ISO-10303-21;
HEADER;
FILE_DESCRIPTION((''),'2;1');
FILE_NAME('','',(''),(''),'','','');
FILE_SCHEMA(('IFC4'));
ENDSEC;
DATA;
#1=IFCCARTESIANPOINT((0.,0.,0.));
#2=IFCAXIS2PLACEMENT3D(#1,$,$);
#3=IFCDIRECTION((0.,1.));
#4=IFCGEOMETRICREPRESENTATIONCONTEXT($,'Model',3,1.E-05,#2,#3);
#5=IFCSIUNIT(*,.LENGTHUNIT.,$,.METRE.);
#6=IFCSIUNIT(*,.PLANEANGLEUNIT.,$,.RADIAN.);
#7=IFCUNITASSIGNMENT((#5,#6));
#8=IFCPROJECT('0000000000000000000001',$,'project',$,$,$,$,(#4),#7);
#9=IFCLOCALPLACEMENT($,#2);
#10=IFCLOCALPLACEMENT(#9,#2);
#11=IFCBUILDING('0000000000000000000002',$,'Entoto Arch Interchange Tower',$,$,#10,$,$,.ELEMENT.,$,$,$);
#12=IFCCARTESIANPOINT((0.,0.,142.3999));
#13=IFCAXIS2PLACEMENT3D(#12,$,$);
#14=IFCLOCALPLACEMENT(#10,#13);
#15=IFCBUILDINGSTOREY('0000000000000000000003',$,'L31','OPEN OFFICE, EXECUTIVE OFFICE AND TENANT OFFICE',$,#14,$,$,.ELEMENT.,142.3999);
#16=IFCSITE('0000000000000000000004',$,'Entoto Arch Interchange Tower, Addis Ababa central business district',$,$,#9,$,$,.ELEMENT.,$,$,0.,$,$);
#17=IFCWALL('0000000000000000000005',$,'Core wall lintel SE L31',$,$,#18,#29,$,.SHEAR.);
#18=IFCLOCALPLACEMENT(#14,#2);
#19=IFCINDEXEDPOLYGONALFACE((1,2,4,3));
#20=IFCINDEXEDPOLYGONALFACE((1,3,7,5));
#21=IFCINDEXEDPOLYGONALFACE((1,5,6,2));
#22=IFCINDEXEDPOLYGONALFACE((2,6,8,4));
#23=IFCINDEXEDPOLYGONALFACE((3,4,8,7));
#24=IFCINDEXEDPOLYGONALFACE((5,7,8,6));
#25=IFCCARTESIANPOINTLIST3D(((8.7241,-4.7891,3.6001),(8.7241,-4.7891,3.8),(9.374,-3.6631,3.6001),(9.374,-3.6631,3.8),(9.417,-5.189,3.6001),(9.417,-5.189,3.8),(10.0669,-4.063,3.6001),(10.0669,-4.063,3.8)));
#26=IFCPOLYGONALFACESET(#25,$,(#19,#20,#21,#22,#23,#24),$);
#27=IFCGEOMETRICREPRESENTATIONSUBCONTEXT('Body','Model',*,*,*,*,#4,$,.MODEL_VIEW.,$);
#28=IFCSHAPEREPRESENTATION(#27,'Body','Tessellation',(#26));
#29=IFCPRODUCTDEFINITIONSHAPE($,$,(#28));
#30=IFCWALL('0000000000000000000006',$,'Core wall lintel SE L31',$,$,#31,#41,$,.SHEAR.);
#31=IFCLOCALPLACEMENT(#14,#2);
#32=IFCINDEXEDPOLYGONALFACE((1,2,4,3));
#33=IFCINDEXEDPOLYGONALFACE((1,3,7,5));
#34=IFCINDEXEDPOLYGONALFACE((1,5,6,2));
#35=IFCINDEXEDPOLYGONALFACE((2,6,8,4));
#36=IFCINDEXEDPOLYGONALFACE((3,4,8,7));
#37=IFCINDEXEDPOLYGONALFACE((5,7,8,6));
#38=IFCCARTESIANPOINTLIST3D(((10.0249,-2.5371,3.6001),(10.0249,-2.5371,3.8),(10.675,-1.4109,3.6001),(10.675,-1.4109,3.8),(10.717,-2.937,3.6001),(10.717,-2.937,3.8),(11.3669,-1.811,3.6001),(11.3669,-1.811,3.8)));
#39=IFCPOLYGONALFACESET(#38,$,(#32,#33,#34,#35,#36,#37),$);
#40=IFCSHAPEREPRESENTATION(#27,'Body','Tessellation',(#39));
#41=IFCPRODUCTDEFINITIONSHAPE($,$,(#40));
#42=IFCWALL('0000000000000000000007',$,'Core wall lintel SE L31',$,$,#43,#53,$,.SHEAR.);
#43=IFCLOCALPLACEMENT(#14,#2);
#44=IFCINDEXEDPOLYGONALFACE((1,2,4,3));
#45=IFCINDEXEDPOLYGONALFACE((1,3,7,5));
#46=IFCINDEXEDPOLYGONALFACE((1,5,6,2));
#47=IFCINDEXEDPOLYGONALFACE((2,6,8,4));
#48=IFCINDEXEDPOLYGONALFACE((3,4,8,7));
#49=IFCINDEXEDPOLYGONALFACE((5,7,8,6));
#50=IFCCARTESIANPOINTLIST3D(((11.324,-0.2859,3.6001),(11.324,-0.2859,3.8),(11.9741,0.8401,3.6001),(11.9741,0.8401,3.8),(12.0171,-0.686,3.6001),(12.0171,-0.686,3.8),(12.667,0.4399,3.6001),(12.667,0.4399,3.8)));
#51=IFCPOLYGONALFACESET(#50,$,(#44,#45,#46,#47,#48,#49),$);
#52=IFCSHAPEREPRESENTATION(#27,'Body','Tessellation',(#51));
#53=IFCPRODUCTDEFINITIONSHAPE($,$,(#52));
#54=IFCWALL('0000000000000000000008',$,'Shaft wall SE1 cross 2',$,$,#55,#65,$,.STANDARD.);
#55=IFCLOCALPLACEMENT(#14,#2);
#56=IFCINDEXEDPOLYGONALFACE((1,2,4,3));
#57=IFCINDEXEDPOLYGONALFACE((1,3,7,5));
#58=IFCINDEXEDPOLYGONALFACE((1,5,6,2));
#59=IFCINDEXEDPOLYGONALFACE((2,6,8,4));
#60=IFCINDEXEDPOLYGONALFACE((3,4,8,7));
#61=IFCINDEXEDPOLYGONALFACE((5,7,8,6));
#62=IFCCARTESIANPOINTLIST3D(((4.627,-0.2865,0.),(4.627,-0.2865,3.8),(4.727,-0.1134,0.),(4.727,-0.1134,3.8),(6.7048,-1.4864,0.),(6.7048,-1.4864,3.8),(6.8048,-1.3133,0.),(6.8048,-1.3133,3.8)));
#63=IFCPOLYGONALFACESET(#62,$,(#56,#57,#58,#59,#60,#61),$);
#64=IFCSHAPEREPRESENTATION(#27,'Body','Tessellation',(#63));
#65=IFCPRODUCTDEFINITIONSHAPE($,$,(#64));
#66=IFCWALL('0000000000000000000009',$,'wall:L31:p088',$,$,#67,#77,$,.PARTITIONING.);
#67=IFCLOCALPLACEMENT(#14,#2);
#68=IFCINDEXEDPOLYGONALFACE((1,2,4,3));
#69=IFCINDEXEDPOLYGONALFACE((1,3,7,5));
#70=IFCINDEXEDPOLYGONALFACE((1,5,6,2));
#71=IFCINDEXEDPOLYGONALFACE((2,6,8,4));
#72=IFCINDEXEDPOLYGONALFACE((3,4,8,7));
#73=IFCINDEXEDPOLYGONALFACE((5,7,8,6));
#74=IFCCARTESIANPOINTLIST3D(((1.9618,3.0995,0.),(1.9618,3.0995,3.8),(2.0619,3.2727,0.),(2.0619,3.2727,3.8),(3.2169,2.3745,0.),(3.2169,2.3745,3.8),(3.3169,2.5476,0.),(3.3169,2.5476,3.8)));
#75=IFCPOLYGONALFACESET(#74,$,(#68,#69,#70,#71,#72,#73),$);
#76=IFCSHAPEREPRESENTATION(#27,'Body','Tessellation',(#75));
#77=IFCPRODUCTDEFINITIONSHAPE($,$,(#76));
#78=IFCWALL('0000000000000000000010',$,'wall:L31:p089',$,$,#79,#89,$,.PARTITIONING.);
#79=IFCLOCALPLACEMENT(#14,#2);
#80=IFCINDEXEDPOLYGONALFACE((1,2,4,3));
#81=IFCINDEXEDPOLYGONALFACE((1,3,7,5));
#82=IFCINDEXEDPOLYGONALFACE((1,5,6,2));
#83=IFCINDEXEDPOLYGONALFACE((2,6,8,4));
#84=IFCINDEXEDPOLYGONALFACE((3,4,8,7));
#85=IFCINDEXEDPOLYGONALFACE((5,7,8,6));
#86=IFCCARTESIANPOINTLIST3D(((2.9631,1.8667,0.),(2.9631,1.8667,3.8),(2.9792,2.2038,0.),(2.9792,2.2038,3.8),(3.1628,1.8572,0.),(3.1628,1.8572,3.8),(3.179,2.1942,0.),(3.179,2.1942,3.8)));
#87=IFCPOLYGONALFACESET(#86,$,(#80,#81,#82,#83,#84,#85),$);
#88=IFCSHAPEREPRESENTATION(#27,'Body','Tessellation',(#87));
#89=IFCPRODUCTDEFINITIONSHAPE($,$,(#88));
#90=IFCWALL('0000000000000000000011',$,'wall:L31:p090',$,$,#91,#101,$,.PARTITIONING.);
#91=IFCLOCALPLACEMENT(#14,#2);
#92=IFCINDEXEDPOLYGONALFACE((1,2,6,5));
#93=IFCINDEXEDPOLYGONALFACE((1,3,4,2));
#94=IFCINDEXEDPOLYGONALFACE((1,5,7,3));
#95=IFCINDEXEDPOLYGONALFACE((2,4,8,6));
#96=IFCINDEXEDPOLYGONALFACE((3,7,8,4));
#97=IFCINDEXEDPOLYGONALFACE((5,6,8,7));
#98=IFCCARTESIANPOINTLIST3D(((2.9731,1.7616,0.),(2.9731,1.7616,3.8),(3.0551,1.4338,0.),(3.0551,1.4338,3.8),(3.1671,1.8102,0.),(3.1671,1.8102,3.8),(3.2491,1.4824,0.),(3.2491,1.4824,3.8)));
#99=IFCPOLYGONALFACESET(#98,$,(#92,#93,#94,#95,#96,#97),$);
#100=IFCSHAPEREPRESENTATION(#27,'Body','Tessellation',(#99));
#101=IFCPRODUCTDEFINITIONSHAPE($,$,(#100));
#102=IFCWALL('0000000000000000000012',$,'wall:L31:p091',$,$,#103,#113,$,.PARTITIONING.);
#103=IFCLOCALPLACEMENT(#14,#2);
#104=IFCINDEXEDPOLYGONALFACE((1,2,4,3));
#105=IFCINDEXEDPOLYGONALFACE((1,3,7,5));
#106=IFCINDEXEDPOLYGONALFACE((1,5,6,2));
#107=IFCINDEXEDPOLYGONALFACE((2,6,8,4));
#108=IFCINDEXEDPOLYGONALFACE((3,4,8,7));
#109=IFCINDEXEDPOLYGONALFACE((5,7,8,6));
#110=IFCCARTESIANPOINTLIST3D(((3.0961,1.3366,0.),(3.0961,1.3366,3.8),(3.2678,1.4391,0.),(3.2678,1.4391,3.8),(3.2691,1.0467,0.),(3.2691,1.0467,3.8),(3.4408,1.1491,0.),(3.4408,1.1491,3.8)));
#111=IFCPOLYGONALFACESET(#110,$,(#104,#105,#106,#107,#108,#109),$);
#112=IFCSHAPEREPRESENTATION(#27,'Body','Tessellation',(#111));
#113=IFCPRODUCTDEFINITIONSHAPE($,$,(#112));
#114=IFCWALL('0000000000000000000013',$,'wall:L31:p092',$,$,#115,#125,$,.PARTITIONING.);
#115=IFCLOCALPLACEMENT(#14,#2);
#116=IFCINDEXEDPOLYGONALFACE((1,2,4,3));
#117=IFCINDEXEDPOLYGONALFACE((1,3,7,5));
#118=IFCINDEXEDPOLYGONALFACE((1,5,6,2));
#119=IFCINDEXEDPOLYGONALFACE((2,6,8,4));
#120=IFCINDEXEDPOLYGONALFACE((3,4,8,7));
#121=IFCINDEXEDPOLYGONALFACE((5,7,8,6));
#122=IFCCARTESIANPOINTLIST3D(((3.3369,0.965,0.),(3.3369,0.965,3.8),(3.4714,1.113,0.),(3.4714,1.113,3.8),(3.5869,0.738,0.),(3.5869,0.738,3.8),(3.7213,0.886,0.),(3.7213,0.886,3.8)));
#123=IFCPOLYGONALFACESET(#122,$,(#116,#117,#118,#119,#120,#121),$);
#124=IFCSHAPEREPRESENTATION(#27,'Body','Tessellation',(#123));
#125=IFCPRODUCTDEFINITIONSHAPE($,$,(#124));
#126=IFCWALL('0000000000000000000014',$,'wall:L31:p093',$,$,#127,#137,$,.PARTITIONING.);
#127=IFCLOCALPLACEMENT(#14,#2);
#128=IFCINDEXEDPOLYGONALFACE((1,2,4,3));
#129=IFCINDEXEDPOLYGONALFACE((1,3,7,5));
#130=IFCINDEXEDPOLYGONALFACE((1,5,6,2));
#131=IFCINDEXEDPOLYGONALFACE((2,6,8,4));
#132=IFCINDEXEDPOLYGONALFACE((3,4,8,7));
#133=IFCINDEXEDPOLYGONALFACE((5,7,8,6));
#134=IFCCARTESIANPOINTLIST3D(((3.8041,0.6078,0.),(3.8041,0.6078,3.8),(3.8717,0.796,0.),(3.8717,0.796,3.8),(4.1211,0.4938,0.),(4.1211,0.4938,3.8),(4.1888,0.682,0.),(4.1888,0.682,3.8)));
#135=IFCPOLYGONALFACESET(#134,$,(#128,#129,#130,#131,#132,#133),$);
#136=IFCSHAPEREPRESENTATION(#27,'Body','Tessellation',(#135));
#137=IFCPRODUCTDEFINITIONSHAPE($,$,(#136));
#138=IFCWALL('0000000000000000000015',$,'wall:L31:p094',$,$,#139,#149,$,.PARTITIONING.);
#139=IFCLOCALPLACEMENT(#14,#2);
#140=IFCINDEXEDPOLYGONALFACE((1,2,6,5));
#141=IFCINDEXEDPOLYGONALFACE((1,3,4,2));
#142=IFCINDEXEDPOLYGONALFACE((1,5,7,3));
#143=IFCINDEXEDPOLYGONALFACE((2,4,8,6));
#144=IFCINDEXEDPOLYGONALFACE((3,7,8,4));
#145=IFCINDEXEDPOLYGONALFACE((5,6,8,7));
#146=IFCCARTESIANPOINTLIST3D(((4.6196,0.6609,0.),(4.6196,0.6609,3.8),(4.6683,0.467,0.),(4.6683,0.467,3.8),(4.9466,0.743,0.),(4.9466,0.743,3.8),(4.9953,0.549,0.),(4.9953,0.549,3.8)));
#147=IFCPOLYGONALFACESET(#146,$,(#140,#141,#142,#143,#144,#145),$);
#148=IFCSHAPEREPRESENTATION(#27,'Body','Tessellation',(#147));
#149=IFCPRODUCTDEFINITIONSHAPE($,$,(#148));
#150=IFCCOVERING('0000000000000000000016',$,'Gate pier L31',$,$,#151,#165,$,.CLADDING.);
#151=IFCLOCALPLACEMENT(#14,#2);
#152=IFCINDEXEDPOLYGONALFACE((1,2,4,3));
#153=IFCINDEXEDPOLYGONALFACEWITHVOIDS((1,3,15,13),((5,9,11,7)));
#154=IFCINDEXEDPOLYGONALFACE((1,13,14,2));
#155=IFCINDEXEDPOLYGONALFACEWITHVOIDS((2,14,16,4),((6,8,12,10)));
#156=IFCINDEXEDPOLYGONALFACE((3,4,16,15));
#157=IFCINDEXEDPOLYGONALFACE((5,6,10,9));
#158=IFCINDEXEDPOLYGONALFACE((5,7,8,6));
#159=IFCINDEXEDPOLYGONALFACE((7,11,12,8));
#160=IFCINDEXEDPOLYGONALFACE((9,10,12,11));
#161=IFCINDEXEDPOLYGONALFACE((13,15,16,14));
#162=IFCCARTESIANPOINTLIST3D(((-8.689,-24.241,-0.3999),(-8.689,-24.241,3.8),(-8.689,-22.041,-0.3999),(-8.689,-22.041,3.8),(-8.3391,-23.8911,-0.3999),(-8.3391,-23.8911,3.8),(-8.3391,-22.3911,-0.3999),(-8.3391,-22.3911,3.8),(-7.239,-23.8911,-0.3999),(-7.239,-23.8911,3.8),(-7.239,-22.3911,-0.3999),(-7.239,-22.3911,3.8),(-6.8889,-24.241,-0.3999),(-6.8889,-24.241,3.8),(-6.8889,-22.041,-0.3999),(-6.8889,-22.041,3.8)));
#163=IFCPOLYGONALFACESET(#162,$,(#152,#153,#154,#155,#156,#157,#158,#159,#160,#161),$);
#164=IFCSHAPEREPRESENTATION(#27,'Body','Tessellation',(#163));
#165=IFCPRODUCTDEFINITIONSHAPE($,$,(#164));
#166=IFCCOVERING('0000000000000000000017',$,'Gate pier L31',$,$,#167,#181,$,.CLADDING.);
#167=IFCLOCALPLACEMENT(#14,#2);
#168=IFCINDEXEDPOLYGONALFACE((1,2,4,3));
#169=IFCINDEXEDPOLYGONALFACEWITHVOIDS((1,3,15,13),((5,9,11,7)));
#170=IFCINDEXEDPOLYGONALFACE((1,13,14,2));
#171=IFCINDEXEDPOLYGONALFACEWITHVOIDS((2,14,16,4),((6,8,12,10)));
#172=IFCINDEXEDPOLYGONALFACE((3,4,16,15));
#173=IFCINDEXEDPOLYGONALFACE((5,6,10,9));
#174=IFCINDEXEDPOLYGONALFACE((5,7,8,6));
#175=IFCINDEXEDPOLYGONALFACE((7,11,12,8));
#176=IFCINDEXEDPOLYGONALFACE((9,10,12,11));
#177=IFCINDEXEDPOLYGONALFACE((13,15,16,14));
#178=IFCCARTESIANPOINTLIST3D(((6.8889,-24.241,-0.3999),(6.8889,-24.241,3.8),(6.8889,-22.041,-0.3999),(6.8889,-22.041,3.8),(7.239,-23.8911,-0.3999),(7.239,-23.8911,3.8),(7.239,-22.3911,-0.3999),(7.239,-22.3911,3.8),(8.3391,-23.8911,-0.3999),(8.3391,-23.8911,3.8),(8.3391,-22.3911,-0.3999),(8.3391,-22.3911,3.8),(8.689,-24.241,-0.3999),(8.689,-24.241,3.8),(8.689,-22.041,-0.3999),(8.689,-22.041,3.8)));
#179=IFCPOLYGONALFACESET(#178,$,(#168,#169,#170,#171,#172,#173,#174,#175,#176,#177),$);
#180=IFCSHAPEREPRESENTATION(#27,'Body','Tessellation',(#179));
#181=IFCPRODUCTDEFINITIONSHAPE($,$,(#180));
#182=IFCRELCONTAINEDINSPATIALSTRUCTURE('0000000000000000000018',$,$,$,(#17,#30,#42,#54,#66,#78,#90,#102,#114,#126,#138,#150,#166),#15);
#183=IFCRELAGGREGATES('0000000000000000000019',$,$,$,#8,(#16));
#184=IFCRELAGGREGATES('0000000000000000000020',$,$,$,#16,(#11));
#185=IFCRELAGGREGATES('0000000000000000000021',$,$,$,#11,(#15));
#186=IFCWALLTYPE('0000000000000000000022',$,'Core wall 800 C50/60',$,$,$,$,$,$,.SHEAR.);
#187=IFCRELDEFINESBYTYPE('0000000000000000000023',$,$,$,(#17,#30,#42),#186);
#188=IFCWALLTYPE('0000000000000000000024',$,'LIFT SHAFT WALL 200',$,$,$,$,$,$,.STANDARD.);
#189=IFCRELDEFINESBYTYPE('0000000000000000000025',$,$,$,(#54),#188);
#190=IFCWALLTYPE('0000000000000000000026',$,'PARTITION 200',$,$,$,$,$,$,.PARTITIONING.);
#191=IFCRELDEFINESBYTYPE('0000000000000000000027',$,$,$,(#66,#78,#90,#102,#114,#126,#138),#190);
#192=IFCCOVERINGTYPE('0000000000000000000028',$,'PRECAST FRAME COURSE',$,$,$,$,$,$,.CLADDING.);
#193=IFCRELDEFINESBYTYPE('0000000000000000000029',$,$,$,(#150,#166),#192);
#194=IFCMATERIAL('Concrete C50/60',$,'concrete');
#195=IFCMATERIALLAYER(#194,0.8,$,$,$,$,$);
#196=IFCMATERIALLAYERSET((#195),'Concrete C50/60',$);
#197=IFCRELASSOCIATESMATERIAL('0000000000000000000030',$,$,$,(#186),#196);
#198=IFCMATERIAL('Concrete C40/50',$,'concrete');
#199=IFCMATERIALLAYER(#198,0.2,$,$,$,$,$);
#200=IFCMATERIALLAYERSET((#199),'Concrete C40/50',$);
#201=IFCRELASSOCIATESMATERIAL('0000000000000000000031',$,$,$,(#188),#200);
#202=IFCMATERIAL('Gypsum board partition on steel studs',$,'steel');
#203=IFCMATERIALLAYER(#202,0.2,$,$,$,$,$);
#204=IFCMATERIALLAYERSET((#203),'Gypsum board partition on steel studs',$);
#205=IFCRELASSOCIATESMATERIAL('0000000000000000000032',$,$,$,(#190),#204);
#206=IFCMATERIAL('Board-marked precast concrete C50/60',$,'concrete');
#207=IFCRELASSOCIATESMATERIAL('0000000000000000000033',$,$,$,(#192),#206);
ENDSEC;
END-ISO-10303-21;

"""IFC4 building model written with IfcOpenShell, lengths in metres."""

from ifc_helpers import new_model, si_unit, direction, frame, frame_2d, origin, place, context, subcontext, project, spatial, polyline, rectangle, outline, extrude, material, layer, layer_set, type_object, element, save


model = new_model("IFC4")

# Units and contexts
model_context = context("Model", 3, precision=1e-05, world=origin(), true_north=direction((0.0, 1.0)))
body_context = subcontext(model_context, "Body", "Model", "MODEL_VIEW")
ifc_project = project(units=[si_unit("LENGTHUNIT", "METRE"), si_unit("PLANEANGLEUNIT", "RADIAN")], contexts=[model_context])

# Site, building, storey
site_placement = place(None, origin())
site = spatial("IfcSite", under=ifc_project, at=site_placement, Name="Entoto Arch Interchange Tower, Addis Ababa central business district", CompositionType="ELEMENT", RefElevation=0.0)
building_placement = place(site_placement, origin())
building = spatial("IfcBuilding", under=site, at=building_placement, Name="Entoto Arch Interchange Tower", CompositionType="ELEMENT")
storey_placement = place(building_placement, frame((0.0, 0.0, 142.3999)))
storey = spatial("IfcBuildingStorey", under=building, at=storey_placement, Name="L31", Description="OPEN OFFICE, EXECUTIVE OFFICE AND TENANT OFFICE", CompositionType="ELEMENT", Elevation=142.3999)

# Shared definitions
ifc_material_1 = material(Name="Concrete C40/50", Category="concrete")

# Walls
ifc_material_2 = material(Name="Concrete C50/60", Category="concrete")
ifc_layer_1 = layer(ifc_material_2, 0.8)
ifc_layer_set_1 = layer_set([ifc_layer_1], Name="Concrete C50/60")
wall_type_1 = type_object("IfcWallType", Name="Core wall 800 C50/60", PredefinedType="SHEAR", material=ifc_layer_set_1)
wall_1_placement = place(storey_placement, frame((0.0, 0.0, 3.6001)))
element("IfcWall", 1, at=wall_1_placement, inside=storey, type_object=wall_type_1, Name="Core wall lintel SE L31", PredefinedType="SHEAR", context=body_context, shape_type="SweptSolid", body=[
    extrude(outline(polyline([(10.0669, -4.063), (9.374, -3.6631), (8.7241, -4.7891), (9.417, -5.189), (10.0669, -4.063)])), origin(), (0.0, 0.0, 1.0), 0.2),
])
wall_2_placement = place(storey_placement, frame((0.0, 0.0, 3.6001)))
element("IfcWall", 2, at=wall_2_placement, inside=storey, type_object=wall_type_1, Name="Core wall lintel SE L31", PredefinedType="SHEAR", context=body_context, shape_type="SweptSolid", body=[
    extrude(outline(polyline([(11.3669, -1.811), (10.675, -1.4109), (10.0249, -2.5371), (10.717, -2.937), (11.3669, -1.811)])), origin(), (0.0, 0.0, 1.0), 0.2),
])
wall_3_placement = place(storey_placement, frame((0.0, 0.0, 3.6001)))
element("IfcWall", 3, at=wall_3_placement, inside=storey, type_object=wall_type_1, Name="Core wall lintel SE L31", PredefinedType="SHEAR", context=body_context, shape_type="SweptSolid", body=[
    extrude(outline(polyline([(12.667, 0.4399), (11.9741, 0.8401), (11.324, -0.2859), (12.0171, -0.686), (12.667, 0.4399)])), origin(), (0.0, 0.0, 1.0), 0.2),
])
ifc_layer_2 = layer(ifc_material_1, 0.2)
ifc_layer_set_2 = layer_set([ifc_layer_2], Name="Concrete C40/50")
wall_type_2 = type_object("IfcWallType", Name="LIFT SHAFT WALL 200", PredefinedType="STANDARD", material=ifc_layer_set_2)
wall_4_placement = place(storey_placement, frame((4.677, -0.2, 0.0), z_axis=(0.0, 0.0, 1.0), x_axis=(0.865974, -0.500089, 0.0)))
element("IfcWall", 4, at=wall_4_placement, inside=storey, type_object=wall_type_2, Name="Shaft wall SE1 cross 2", PredefinedType="STANDARD", context=body_context, shape_type="SweptSolid", body=[
    extrude(rectangle(XDim=2.3994, YDim=0.2, at=frame_2d((1.1997, 0.0))), origin(), (0.0, 0.0, 1.0), 3.8),
])
ifc_material_3 = material(Name="Gypsum board partition on steel studs", Category="steel")
ifc_layer_3 = layer(ifc_material_3, 0.2)
ifc_layer_set_3 = layer_set([ifc_layer_3], Name="Gypsum board partition on steel studs")
wall_type_3 = type_object("IfcWallType", Name="PARTITION 200", PredefinedType="PARTITIONING", material=ifc_layer_set_3)
wall_5_placement = place(storey_placement, frame((2.012, 3.186, 0.0), z_axis=(0.0, 0.0, 1.0), x_axis=(0.865891, -0.500233, 0.0)))
element("IfcWall", 5, at=wall_5_placement, inside=storey, type_object=wall_type_3, Name="wall:L31:p088", PredefinedType="PARTITIONING", context=body_context, shape_type="SweptSolid", body=[
    extrude(rectangle(XDim=1.4495, YDim=0.2, at=frame_2d((0.7246, 0.0))), origin(), (0.0, 0.0, 1.0), 3.8),
])
wall_6_placement = place(storey_placement, frame((3.0791, 2.199, 0.0), z_axis=(0.0, 0.0, 1.0), x_axis=(-0.047771, -0.998858, 0.0)))
element("IfcWall", 6, at=wall_6_placement, inside=storey, type_object=wall_type_3, Name="wall:L31:p089", PredefinedType="PARTITIONING", context=body_context, shape_type="SweptSolid", body=[
    extrude(rectangle(XDim=0.3374, YDim=0.2, at=frame_2d((0.1687, 0.0))), origin(), (0.0, 0.0, 1.0), 3.8),
])
wall_7_placement = place(storey_placement, frame((3.0701, 1.7859, 0.0), z_axis=(0.0, 0.0, 1.0), x_axis=(0.242706, -0.9701, 0.0)))
element("IfcWall", 7, at=wall_7_placement, inside=storey, type_object=wall_type_3, Name="wall:L31:p090", PredefinedType="PARTITIONING", context=body_context, shape_type="SweptSolid", body=[
    extrude(rectangle(XDim=0.3379, YDim=0.2, at=frame_2d((0.1689, 0.0))), origin(), (0.0, 0.0, 1.0), 3.8),
])
for number, where, z_axis, x_axis, name in (
    (8, (3.1819, 1.3879, 0.0), (0.0, 0.0, 1.0), (0.512475, -0.858702, 0.0), "wall:L31:p091"),
    (9, (3.4041, 1.0391, 0.0), (0.0, 0.0, 1.0), (0.740267, -0.672313, 0.0), "wall:L31:p092"),
):
    element("IfcWall", number, at=place(storey_placement, frame(where, z_axis=z_axis, x_axis=x_axis)), inside=storey, type_object=wall_type_3, Name=name, PredefinedType="PARTITIONING", context=body_context, shape_type="SweptSolid", body=[
        extrude(rectangle(XDim=0.3376, YDim=0.2, at=frame_2d((0.1689, 0.0))), origin(), (0.0, 0.0, 1.0), 3.8),
    ])
wall_8_placement = place(storey_placement, frame((3.8379, 0.7019, 0.0), z_axis=(0.0, 0.0, 1.0), x_axis=(0.941035, -0.338309, 0.0)))
element("IfcWall", 10, at=wall_8_placement, inside=storey, type_object=wall_type_3, Name="wall:L31:p093", PredefinedType="PARTITIONING", context=body_context, shape_type="SweptSolid", body=[
    extrude(rectangle(XDim=0.3369, YDim=0.2, at=frame_2d((0.1685, 0.0))), origin(), (0.0, 0.0, 1.0), 3.8),
])
wall_9_placement = place(storey_placement, frame((4.644, 0.564, 0.0), z_axis=(0.0, 0.0, 1.0), x_axis=(0.969929, 0.243388, 0.0)))
element("IfcWall", 11, at=wall_9_placement, inside=storey, type_object=wall_type_3, Name="wall:L31:p094", PredefinedType="PARTITIONING", context=body_context, shape_type="SweptSolid", body=[
    extrude(rectangle(XDim=0.3372, YDim=0.2, at=frame_2d((0.1685, 0.0))), origin(), (0.0, 0.0, 1.0), 3.8),
])

# Coverings
ifc_material_4 = material(Name="Board-marked precast concrete C50/60", Category="concrete")
covering_type = type_object("IfcCoveringType", Name="PRECAST FRAME COURSE", PredefinedType="CLADDING", material=ifc_material_4)
covering_1_placement = place(storey_placement, frame((0.0, 0.0, -0.3999)))
element("IfcCovering", 12, at=covering_1_placement, inside=storey, type_object=covering_type, Name="Gate pier L31", PredefinedType="CLADDING", context=body_context, shape_type="SweptSolid", body=[
    extrude(outline(polyline([(-8.689, -22.041), (-6.8889, -22.041), (-6.8889, -24.241), (-8.689, -24.241), (-8.689, -22.041)]), holes=[polyline([(-8.3391, -22.3911), (-8.3391, -23.8911), (-7.239, -23.8911), (-7.239, -22.3911), (-8.3391, -22.3911)])]), origin(), (0.0, 0.0, 1.0), 4.2),
])
covering_2_placement = place(storey_placement, frame((0.0, 0.0, -0.3999)))
element("IfcCovering", 13, at=covering_2_placement, inside=storey, type_object=covering_type, Name="Gate pier L31", PredefinedType="CLADDING", context=body_context, shape_type="SweptSolid", body=[
    extrude(outline(polyline([(6.8889, -22.041), (8.689, -22.041), (8.689, -24.241), (6.8889, -24.241), (6.8889, -22.041)]), holes=[polyline([(7.239, -22.3911), (7.239, -23.8911), (8.3391, -23.8911), (8.3391, -22.3911), (7.239, -22.3911)])]), origin(), (0.0, 0.0, 1.0), 4.2),
])

save(model, "model.ifc")
